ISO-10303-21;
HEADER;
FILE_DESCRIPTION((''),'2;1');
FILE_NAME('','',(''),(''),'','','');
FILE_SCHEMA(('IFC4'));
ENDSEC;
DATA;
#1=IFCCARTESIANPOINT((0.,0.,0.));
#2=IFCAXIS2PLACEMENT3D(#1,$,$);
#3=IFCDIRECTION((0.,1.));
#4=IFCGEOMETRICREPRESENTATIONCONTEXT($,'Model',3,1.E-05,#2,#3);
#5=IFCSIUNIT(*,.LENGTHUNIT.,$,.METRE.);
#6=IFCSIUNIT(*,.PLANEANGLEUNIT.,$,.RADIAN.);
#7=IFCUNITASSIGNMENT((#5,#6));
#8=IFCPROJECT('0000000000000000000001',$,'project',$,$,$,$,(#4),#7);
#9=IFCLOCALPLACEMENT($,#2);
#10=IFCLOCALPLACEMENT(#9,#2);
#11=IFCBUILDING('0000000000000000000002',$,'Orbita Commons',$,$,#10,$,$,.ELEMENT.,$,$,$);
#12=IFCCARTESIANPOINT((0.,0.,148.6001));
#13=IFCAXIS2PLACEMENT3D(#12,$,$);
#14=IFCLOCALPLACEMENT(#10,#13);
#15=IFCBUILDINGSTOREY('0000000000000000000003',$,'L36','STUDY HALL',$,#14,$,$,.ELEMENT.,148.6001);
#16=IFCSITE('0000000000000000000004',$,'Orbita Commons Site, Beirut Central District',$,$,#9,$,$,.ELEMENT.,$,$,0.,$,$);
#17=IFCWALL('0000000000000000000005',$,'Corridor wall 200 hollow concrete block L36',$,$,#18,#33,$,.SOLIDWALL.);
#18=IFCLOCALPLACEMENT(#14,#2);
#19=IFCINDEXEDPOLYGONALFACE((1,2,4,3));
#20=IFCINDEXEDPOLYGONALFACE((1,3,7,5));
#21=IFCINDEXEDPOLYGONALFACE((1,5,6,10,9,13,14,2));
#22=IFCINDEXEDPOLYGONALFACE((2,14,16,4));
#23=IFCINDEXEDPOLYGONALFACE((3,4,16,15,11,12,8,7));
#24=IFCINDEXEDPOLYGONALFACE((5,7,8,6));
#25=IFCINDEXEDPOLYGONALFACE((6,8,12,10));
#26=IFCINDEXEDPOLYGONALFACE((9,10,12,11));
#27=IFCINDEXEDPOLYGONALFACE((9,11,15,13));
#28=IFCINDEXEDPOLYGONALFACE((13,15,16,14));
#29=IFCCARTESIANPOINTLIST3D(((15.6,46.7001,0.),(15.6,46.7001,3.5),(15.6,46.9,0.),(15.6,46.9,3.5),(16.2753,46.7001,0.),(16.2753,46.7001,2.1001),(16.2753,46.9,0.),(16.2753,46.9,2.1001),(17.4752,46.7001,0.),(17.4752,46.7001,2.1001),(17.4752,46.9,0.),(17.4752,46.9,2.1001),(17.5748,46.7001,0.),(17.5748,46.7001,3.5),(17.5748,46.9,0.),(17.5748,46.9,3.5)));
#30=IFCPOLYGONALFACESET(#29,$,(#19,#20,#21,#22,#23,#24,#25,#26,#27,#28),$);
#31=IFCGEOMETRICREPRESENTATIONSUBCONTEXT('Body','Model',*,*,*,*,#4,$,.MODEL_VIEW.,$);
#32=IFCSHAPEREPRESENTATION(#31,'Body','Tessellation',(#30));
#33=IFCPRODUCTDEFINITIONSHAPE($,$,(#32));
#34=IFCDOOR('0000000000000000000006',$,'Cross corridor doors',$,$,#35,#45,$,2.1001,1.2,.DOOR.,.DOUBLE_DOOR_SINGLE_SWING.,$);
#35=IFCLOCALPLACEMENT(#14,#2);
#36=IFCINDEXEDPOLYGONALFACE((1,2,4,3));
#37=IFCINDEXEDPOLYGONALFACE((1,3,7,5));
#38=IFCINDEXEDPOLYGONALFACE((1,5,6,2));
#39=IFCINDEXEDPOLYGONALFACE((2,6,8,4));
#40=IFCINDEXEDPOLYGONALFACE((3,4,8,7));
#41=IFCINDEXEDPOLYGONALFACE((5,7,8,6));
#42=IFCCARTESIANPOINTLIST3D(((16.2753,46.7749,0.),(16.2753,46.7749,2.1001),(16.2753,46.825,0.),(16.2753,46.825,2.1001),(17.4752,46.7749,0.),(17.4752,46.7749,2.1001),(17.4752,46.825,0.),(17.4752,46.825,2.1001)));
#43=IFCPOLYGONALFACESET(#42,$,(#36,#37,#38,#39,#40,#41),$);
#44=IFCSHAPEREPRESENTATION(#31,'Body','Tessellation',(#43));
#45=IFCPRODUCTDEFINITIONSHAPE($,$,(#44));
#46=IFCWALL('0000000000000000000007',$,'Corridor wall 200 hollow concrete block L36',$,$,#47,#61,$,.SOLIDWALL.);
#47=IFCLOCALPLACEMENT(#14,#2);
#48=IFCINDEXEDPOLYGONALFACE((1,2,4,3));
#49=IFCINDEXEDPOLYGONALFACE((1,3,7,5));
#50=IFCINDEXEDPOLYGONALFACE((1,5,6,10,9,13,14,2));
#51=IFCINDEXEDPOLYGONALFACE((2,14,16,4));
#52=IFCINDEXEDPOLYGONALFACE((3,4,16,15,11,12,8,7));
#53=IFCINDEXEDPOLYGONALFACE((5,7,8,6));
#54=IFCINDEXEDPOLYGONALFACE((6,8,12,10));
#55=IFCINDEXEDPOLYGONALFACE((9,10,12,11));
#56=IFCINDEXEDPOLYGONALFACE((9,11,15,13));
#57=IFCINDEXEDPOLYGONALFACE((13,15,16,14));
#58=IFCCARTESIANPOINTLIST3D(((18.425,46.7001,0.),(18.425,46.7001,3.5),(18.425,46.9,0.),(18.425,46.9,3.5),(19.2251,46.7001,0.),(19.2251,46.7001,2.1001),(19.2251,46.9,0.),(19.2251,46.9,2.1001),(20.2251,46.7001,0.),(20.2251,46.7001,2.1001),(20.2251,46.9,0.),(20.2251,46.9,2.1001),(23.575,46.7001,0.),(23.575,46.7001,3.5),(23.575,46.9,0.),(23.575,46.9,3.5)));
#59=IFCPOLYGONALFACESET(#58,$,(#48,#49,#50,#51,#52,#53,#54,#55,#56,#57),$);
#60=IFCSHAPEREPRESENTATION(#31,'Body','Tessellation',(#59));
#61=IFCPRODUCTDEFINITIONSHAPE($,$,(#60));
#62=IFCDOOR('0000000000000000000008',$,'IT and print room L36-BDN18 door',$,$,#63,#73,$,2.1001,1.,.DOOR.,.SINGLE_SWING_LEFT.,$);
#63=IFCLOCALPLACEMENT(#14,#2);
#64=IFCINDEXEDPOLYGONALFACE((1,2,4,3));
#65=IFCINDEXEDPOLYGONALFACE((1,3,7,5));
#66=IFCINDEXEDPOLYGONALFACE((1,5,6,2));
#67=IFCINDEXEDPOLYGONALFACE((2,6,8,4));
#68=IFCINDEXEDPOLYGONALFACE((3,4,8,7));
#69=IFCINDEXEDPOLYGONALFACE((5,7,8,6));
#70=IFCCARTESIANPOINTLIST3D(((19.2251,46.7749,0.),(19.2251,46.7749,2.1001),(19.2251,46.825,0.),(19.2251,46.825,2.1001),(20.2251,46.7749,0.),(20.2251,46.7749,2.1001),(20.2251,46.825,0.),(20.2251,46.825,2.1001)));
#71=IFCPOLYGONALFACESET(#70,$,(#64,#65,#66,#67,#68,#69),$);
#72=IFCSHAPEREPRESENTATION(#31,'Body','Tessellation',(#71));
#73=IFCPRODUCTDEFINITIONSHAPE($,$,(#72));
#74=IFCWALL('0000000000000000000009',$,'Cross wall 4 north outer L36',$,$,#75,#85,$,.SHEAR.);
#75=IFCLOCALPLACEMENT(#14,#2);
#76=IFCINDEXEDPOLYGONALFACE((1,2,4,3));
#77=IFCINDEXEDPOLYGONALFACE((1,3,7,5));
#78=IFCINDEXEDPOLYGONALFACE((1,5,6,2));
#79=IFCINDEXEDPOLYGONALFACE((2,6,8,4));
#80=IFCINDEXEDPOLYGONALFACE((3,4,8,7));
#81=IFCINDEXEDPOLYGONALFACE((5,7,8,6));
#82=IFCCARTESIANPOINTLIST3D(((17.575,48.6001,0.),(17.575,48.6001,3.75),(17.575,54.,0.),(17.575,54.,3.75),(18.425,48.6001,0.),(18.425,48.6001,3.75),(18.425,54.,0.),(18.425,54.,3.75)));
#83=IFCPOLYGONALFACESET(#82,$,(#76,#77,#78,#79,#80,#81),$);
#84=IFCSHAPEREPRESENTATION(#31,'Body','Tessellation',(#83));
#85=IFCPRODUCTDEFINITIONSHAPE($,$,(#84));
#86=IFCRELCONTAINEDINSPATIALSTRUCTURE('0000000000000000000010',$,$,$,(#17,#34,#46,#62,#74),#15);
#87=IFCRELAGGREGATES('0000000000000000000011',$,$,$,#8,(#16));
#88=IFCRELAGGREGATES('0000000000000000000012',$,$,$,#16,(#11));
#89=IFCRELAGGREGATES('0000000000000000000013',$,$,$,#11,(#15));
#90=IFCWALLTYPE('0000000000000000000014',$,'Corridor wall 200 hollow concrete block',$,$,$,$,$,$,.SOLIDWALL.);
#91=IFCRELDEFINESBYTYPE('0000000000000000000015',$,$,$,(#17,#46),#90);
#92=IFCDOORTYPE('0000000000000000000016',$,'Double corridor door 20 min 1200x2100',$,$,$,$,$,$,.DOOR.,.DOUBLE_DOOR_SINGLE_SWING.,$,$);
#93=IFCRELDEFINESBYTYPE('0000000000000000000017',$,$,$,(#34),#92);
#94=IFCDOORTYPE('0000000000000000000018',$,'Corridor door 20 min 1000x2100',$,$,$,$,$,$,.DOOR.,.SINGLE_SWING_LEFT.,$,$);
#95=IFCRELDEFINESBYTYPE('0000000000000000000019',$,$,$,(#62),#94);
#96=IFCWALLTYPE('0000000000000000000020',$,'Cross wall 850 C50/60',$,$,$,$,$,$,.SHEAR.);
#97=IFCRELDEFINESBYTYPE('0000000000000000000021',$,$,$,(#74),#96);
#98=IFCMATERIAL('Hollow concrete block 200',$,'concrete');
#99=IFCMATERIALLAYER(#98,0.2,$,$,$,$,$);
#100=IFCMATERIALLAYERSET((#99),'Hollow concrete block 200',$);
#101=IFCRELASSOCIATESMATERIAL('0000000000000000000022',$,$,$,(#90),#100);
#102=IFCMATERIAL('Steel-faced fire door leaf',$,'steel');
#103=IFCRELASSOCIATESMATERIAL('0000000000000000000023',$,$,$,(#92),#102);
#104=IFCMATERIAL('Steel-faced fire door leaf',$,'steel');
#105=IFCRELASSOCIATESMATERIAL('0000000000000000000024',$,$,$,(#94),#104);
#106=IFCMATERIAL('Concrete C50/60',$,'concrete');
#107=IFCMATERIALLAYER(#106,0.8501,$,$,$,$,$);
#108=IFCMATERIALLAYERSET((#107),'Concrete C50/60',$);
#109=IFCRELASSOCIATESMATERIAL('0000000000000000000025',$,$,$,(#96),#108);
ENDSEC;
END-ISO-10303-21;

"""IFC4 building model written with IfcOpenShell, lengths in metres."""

from ifc_helpers import new_model, si_unit, direction, frame, frame_2d, origin, place, context, subcontext, project, spatial, rectangle, extrude, material, layer, layer_set, type_object, element, fill, save


model = new_model("IFC4")

# Units and contexts
model_context = context("Model", 3, precision=1e-05, world=origin(), true_north=direction((0.0, 1.0)))
body_context = subcontext(model_context, "Body", "Model", "MODEL_VIEW")
ifc_project = project(units=[si_unit("LENGTHUNIT", "METRE"), si_unit("PLANEANGLEUNIT", "RADIAN")], contexts=[model_context])

# Site, building, storey
site_placement = place(None, origin())
site = spatial("IfcSite", under=ifc_project, at=site_placement, Name="Orbita Commons Site, Beirut Central District", CompositionType="ELEMENT", RefElevation=0.0)
building_placement = place(site_placement, origin())
building = spatial("IfcBuilding", under=site, at=building_placement, Name="Orbita Commons", CompositionType="ELEMENT")
storey_placement = place(building_placement, frame((0.0, 0.0, 148.6001)))
storey = spatial("IfcBuildingStorey", under=building, at=storey_placement, Name="L36", Description="STUDY HALL", CompositionType="ELEMENT", Elevation=148.6001)

# Walls, openings, doors
ifc_material_1 = material(Name="Hollow concrete block 200", Category="concrete")
ifc_layer_1 = layer(ifc_material_1, 0.2)
ifc_layer_set_1 = layer_set([ifc_layer_1], Name="Hollow concrete block 200")
wall_type_1 = type_object("IfcWallType", Name="Corridor wall 200 hollow concrete block", PredefinedType="SOLIDWALL", material=ifc_layer_set_1)
wall_1_placement = place(storey_placement, frame((15.6001, 46.8, 0.0), z_axis=(0.0, 0.0, 1.0), x_axis=(1.0, 0.0, 0.0)))
wall_1 = element("IfcWall", 1, at=wall_1_placement, inside=storey, type_object=wall_type_1, Name="Corridor wall 200 hollow concrete block L36", PredefinedType="SOLIDWALL", context=body_context, shape_type="SweptSolid", body=[
    extrude(rectangle(XDim=1.9749, YDim=0.2, at=frame_2d((0.9873, 0.0))), origin(), (0.0, 0.0, 1.0), 3.5),
])
opening_1_placement = place(wall_1_placement, frame((0.675, 0.0, 0.0)))
opening_1 = element("IfcOpeningElement", 2, at=opening_1_placement, cuts=wall_1, PredefinedType="OPENING", context=body_context, shape_type="SweptSolid", body=[
    extrude(rectangle(XDim=1.2, YDim=2.1001, at=frame_2d((0.6001, 1.05))), frame((0.0, 0.1099, 0.0), z_axis=(0.0, -1.0, 0.0), x_axis=(1.0, 0.0, 0.0)), (0.0, 0.0, 1.0), 0.22),
])
ifc_material_2 = material(Name="Steel-faced fire door leaf", Category="steel")
door_type_1 = type_object("IfcDoorType", Name="Double corridor door 20 min 1200x2100", OperationType="DOUBLE_DOOR_SINGLE_SWING", PredefinedType="DOOR", material=ifc_material_2)
door_1_placement = place(opening_1_placement, origin())
door_1 = element("IfcDoor", 3, at=door_1_placement, inside=storey, type_object=door_type_1, Name="Cross corridor doors", OperationType="DOUBLE_DOOR_SINGLE_SWING", OverallHeight=2.1001, OverallWidth=1.2, PredefinedType="DOOR", context=body_context, shape_type="SweptSolid", body=[
    extrude(rectangle(XDim=1.2, YDim=2.1001, at=frame_2d((0.6001, 1.05))), frame((0.0, 0.0249, 0.0), z_axis=(0.0, -1.0, 0.0), x_axis=(1.0, 0.0, 0.0)), (0.0, 0.0, 1.0), 0.05),
])
fill(opening_1, door_1)
wall_2_placement = place(storey_placement, frame((18.425, 46.8, 0.0), z_axis=(0.0, 0.0, 1.0), x_axis=(1.0, 0.0, 0.0)))
wall_2 = element("IfcWall", 4, at=wall_2_placement, inside=storey, type_object=wall_type_1, Name="Corridor wall 200 hollow concrete block L36", PredefinedType="SOLIDWALL", context=body_context, shape_type="SweptSolid", body=[
    extrude(rectangle(XDim=5.1499, YDim=0.2, at=frame_2d((2.575, 0.0))), origin(), (0.0, 0.0, 1.0), 3.5),
])
opening_2_placement = place(wall_2_placement, frame((0.8, 0.0, 0.0)))
opening_2 = element("IfcOpeningElement", 5, at=opening_2_placement, cuts=wall_2, PredefinedType="OPENING", context=body_context, shape_type="SweptSolid", body=[
    extrude(rectangle(XDim=1.0, YDim=2.1001, at=frame_2d((0.5, 1.05))), frame((0.0, 0.1099, 0.0), z_axis=(0.0, -1.0, 0.0), x_axis=(1.0, 0.0, 0.0)), (0.0, 0.0, 1.0), 0.22),
])
ifc_material_3 = material(Name="Steel-faced fire door leaf", Category="steel")
door_type_2 = type_object("IfcDoorType", Name="Corridor door 20 min 1000x2100", OperationType="SINGLE_SWING_LEFT", PredefinedType="DOOR", material=ifc_material_3)
door_2_placement = place(opening_2_placement, origin())
door_2 = element("IfcDoor", 6, at=door_2_placement, inside=storey, type_object=door_type_2, Name="IT and print room L36-BDN18 door", OperationType="SINGLE_SWING_LEFT", OverallHeight=2.1001, OverallWidth=1.0, PredefinedType="DOOR", context=body_context, shape_type="SweptSolid", body=[
    extrude(rectangle(XDim=1.0, YDim=2.1001, at=frame_2d((0.5, 1.05))), frame((0.0, 0.0249, 0.0), z_axis=(0.0, -1.0, 0.0), x_axis=(1.0, 0.0, 0.0)), (0.0, 0.0, 1.0), 0.05),
])
fill(opening_2, door_2)

# Wall
ifc_material_4 = material(Name="Concrete C50/60", Category="concrete")
ifc_layer_2 = layer(ifc_material_4, 0.8501)
ifc_layer_set_2 = layer_set([ifc_layer_2], Name="Concrete C50/60")
wall_type_2 = type_object("IfcWallType", Name="Cross wall 850 C50/60", PredefinedType="SHEAR", material=ifc_layer_set_2)
wall_3_placement = place(storey_placement, frame((18.0, 48.6001, 0.0), z_axis=(0.0, 0.0, 1.0), x_axis=(0.0, 1.0, 0.0)))
element("IfcWall", 7, at=wall_3_placement, inside=storey, type_object=wall_type_2, Name="Cross wall 4 north outer L36", PredefinedType="SHEAR", context=body_context, shape_type="SweptSolid", body=[
    extrude(rectangle(XDim=5.3999, YDim=0.8501, at=frame_2d((2.7, 0.0))), origin(), (0.0, 0.0, 1.0), 3.75),
])

save(model, "model.ifc")
